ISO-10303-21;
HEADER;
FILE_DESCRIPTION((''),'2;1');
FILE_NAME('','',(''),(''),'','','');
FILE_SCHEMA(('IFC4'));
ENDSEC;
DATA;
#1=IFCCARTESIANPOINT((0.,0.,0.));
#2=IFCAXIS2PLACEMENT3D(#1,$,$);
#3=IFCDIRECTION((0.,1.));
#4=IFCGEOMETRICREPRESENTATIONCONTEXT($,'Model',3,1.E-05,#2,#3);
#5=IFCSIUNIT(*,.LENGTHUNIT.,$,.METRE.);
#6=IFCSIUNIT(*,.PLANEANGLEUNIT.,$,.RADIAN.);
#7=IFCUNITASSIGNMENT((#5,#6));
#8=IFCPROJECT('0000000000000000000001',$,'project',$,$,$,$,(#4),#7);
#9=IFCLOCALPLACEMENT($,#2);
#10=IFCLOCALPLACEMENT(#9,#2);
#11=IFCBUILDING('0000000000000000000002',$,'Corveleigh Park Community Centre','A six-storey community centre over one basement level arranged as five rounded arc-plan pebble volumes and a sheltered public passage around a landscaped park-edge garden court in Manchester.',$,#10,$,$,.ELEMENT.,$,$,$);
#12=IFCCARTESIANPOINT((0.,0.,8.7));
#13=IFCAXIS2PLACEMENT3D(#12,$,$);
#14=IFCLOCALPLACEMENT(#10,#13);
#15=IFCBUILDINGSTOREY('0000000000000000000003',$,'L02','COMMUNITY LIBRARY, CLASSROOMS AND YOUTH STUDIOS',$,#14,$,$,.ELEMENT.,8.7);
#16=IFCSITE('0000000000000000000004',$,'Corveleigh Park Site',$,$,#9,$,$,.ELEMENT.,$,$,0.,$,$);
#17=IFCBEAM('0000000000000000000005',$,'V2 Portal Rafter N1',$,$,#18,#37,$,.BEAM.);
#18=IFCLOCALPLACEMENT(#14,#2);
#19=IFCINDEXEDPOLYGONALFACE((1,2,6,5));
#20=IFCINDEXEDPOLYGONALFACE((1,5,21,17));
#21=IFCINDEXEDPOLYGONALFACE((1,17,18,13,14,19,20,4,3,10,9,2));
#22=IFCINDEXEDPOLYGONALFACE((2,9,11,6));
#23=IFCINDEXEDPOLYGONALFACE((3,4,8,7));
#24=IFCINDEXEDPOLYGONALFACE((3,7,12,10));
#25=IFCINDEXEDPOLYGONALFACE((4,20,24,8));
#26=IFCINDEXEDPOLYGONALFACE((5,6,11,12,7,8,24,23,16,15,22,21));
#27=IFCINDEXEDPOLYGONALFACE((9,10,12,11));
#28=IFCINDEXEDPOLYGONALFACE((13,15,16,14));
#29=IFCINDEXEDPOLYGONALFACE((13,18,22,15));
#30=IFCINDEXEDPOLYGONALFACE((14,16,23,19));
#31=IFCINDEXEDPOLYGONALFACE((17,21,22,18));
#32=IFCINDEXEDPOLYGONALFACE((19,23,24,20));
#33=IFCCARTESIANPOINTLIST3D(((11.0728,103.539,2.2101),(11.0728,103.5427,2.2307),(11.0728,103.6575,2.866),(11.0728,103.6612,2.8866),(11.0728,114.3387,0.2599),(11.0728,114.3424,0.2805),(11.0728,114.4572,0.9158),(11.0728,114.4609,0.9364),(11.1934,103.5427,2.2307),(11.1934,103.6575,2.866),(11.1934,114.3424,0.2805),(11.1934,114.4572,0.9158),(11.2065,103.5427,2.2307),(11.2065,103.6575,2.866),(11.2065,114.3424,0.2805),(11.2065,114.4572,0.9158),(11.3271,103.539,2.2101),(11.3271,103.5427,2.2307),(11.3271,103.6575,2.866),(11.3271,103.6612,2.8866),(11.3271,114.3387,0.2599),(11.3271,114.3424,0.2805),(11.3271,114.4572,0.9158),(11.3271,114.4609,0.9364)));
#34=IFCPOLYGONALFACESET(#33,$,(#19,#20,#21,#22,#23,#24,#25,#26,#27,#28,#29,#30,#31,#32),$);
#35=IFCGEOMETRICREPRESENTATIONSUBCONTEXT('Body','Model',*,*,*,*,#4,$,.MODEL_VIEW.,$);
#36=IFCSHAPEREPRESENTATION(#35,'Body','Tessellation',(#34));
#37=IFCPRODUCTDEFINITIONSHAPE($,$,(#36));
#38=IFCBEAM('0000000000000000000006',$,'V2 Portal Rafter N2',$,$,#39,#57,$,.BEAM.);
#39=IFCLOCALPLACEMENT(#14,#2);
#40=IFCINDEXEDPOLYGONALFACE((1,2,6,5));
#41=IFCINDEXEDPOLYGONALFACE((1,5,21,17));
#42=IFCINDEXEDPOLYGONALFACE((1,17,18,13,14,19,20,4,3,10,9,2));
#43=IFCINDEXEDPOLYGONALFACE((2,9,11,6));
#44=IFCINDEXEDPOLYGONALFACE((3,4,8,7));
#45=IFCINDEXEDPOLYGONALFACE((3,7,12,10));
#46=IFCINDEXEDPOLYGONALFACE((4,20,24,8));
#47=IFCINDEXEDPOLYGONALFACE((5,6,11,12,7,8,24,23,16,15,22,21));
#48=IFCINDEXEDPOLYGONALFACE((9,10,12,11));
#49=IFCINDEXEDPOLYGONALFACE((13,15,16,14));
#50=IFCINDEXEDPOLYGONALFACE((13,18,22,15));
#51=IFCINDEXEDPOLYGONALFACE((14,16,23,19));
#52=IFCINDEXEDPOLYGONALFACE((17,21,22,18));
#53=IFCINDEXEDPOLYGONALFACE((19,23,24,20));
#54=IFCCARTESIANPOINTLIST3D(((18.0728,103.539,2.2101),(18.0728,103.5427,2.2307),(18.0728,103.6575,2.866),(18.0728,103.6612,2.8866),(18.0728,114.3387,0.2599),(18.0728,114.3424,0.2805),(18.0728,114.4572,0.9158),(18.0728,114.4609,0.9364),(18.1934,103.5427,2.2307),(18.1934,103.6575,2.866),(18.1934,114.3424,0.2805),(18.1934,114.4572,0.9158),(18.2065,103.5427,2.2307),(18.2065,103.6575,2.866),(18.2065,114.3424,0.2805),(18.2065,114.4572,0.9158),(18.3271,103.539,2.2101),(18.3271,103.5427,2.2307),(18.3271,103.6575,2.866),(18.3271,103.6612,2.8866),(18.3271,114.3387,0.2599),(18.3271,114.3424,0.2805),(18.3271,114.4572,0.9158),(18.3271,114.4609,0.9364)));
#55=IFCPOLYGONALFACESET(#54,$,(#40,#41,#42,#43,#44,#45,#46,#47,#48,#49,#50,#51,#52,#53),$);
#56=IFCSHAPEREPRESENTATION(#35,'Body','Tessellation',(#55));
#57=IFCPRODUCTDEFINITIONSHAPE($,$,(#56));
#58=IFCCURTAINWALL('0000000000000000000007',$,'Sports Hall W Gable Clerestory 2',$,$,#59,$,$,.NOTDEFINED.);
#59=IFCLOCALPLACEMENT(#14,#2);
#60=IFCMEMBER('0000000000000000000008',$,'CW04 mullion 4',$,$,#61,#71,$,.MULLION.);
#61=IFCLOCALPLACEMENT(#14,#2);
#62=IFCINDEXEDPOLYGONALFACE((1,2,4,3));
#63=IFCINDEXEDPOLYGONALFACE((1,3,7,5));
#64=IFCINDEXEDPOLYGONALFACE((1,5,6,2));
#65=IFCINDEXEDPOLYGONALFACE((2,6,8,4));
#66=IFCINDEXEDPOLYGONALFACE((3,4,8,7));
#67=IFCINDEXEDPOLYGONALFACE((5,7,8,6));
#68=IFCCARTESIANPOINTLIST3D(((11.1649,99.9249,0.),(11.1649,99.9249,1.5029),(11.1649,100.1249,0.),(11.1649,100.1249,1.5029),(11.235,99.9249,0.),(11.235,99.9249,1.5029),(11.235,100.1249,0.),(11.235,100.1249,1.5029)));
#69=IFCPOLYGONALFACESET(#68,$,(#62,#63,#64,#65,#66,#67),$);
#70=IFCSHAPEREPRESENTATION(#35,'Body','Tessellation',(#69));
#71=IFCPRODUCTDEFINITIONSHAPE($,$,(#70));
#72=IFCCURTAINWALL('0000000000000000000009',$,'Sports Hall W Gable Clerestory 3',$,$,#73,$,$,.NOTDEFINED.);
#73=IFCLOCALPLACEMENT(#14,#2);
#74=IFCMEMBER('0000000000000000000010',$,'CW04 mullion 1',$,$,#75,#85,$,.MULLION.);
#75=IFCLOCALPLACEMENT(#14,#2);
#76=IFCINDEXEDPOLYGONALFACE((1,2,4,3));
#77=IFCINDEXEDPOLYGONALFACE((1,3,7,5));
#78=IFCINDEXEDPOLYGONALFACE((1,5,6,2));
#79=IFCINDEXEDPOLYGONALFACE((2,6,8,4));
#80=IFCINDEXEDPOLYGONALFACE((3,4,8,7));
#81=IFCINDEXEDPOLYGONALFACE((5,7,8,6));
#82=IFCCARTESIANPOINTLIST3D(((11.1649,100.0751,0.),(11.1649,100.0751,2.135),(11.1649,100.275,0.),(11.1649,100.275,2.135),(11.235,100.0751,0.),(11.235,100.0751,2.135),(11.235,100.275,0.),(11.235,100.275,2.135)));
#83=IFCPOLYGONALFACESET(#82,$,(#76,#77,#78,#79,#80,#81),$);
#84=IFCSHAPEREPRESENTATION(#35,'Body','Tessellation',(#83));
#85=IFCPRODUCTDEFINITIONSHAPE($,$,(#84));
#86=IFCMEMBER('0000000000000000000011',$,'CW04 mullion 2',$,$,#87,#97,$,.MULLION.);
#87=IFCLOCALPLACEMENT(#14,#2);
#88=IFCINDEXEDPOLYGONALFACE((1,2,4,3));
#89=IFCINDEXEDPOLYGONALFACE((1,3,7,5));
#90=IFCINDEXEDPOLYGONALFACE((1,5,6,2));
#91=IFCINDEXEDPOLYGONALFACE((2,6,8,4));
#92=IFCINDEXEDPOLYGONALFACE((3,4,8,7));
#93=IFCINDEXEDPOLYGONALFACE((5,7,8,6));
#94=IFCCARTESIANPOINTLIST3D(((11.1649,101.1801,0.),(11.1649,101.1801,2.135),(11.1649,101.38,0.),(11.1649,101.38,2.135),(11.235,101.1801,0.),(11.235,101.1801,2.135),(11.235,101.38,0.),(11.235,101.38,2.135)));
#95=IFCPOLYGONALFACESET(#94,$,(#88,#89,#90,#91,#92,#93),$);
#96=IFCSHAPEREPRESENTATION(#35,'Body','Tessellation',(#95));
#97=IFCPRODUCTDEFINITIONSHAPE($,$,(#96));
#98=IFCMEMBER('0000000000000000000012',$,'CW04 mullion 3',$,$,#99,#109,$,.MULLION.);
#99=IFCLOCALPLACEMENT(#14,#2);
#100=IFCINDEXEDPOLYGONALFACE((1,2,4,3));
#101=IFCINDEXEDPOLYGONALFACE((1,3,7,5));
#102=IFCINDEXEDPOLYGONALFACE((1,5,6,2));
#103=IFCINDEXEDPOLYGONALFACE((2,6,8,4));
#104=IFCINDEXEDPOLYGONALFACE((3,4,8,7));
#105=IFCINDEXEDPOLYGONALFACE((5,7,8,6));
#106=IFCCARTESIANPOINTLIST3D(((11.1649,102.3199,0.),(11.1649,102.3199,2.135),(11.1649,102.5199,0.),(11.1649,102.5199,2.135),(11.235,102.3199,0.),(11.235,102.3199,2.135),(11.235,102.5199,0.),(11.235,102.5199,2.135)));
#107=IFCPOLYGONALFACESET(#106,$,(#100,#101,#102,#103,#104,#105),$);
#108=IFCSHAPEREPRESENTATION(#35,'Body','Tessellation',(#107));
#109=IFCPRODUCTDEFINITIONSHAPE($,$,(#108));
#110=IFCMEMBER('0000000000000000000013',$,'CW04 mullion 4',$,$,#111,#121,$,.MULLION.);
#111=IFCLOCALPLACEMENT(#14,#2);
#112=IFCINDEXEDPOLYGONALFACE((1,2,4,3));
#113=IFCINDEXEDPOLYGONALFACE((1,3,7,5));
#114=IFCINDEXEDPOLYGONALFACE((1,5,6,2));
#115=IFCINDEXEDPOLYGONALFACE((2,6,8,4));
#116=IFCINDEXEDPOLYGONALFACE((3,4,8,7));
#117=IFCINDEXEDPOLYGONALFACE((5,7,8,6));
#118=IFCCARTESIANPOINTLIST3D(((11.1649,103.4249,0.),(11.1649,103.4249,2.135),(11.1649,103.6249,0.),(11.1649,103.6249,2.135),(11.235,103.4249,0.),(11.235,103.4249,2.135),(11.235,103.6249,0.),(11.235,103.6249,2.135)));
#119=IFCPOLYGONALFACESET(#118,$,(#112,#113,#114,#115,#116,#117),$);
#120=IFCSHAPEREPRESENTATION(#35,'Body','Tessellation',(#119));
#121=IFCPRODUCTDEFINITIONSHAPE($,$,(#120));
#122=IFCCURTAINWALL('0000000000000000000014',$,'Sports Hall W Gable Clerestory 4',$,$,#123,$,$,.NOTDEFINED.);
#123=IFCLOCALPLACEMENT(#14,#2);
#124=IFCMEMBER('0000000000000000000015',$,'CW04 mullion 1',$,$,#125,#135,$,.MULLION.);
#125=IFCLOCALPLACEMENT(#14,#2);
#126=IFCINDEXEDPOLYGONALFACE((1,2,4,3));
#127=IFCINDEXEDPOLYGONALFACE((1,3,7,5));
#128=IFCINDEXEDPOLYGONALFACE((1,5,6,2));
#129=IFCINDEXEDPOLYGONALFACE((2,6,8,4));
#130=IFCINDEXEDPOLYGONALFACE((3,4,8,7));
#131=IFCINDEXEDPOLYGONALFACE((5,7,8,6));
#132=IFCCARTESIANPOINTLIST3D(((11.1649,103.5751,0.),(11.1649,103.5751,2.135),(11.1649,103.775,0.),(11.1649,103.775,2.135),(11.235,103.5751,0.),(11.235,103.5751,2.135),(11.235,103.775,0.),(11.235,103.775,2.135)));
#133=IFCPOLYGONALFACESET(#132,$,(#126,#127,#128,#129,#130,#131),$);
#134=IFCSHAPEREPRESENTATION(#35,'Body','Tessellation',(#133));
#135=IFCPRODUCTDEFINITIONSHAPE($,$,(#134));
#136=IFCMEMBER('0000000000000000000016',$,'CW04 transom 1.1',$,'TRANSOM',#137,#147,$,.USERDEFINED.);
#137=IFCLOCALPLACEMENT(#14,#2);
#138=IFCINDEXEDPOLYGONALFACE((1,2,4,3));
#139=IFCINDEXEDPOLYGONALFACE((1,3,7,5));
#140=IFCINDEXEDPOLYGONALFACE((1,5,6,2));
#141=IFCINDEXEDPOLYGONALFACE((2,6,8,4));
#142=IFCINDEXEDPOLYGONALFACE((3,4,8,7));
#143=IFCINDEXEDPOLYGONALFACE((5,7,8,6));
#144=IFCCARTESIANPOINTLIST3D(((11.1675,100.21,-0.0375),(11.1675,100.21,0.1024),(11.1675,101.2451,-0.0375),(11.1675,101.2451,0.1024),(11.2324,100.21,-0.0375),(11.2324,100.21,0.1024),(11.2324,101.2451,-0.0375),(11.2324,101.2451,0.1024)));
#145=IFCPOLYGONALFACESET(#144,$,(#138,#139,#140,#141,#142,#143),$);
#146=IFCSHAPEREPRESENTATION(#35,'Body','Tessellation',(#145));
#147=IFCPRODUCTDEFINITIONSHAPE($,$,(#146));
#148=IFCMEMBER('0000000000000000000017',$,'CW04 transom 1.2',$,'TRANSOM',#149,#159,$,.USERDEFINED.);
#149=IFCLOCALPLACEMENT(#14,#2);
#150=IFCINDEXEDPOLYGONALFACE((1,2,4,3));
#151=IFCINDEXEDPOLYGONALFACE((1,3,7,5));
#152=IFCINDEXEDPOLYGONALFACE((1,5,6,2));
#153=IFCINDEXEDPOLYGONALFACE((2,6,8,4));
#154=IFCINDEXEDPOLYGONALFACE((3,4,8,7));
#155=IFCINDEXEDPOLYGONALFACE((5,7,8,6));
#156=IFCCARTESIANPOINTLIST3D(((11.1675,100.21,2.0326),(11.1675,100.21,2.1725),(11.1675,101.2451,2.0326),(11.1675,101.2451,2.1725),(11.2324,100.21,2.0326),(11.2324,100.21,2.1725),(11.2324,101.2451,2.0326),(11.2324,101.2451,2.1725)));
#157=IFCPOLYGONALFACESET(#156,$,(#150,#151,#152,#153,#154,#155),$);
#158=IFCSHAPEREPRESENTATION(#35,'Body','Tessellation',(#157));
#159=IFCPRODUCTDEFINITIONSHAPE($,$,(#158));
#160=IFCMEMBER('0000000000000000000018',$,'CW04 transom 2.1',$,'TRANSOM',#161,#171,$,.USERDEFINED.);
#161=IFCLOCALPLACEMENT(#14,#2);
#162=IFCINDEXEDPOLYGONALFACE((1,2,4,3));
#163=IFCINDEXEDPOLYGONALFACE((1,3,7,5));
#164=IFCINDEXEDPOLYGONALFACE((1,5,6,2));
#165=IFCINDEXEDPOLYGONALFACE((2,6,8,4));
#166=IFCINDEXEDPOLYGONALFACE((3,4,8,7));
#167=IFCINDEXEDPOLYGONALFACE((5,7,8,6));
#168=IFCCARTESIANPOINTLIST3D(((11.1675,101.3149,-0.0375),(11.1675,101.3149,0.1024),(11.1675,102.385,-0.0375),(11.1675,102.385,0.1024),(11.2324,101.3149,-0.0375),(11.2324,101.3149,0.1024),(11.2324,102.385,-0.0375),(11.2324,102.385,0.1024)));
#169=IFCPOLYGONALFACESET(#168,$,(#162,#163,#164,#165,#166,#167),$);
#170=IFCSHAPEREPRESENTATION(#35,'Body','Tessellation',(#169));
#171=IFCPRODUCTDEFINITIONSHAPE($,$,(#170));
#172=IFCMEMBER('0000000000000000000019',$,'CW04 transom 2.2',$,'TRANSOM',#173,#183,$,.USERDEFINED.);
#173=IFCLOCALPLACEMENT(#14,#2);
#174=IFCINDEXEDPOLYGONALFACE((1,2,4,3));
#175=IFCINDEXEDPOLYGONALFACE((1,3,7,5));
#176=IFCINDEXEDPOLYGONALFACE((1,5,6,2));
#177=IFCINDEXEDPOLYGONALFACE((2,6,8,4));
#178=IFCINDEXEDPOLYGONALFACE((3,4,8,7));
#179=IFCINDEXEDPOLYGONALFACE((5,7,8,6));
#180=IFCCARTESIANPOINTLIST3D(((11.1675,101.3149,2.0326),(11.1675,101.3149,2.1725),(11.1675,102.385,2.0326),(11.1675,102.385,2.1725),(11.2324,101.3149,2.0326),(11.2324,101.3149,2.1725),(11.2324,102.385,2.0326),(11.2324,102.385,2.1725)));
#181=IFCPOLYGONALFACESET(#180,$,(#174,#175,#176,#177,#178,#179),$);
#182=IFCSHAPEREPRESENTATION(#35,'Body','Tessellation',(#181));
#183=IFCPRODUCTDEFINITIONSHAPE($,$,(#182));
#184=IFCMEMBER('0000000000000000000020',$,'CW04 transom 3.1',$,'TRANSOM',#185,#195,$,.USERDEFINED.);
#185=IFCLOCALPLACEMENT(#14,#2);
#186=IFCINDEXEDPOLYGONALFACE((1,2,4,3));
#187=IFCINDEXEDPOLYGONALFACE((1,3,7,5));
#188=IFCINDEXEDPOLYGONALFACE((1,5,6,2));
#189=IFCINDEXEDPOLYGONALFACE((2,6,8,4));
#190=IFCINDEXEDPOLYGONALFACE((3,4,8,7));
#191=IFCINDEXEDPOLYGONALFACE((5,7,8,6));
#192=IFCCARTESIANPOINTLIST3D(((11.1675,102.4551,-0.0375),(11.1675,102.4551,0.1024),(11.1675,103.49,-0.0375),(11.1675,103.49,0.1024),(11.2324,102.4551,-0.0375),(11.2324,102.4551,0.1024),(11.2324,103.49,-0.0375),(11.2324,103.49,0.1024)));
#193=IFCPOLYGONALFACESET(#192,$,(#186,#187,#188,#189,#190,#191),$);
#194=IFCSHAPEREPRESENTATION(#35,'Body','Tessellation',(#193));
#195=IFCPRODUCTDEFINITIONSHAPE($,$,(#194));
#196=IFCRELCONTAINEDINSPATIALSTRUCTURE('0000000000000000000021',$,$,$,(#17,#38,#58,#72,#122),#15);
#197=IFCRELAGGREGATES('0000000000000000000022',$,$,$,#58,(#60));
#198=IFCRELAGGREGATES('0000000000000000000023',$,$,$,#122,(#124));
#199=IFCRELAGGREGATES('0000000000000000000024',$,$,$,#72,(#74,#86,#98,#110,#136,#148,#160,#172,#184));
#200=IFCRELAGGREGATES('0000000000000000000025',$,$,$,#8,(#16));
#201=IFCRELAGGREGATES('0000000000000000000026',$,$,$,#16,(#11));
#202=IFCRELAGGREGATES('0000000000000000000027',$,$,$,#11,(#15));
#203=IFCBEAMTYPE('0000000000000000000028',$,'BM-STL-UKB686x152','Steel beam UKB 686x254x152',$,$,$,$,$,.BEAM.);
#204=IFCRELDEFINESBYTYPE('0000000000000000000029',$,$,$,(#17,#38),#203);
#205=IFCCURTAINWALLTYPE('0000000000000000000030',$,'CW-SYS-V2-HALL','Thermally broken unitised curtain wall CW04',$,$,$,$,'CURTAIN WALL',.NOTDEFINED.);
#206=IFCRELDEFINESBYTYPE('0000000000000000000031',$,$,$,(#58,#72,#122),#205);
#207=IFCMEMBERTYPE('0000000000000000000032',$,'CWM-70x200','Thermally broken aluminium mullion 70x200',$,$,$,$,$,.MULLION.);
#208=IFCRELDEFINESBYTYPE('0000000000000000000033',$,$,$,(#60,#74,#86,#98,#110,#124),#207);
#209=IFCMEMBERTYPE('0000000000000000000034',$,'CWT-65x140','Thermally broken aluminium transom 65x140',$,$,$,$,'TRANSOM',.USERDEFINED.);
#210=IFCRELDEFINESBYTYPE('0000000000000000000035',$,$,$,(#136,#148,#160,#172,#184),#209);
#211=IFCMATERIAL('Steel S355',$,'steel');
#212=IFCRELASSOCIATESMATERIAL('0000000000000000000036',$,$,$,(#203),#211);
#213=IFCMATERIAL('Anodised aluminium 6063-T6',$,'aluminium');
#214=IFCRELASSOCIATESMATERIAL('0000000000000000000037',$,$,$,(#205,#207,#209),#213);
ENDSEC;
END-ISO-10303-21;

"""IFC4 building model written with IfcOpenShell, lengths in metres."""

from ifc_helpers import new_model, si_unit, direction, frame, origin, origin_2d, place, context, subcontext, project, spatial, rectangle, i_section, extrude, material, material_profile, profile_set, type_object, element, aggregate, save


model = new_model("IFC4")

# Units and contexts
model_context = context("Model", 3, precision=1e-05, world=origin(), true_north=direction((0.0, 1.0)))
body_context = subcontext(model_context, "Body", "Model", "MODEL_VIEW")
ifc_project = project(units=[si_unit("LENGTHUNIT", "METRE"), si_unit("PLANEANGLEUNIT", "RADIAN")], contexts=[model_context])

# Site, building, storey
site_placement = place(None, origin())
site = spatial("IfcSite", under=ifc_project, at=site_placement, Name="Corveleigh Park Site", CompositionType="ELEMENT", RefElevation=0.0)
building_placement = place(site_placement, origin())
building = spatial("IfcBuilding", under=site, at=building_placement, Name="Corveleigh Park Community Centre", Description="A six-storey community centre over one basement level arranged as five rounded arc-plan pebble volumes and a sheltered public passage around a landscaped park-edge garden court in Manchester.", CompositionType="ELEMENT")
storey_placement = place(building_placement, frame((0.0, 0.0, 8.7)))
storey = spatial("IfcBuildingStorey", under=building, at=storey_placement, Name="L02", Description="COMMUNITY LIBRARY, CLASSROOMS AND YOUTH STUDIOS", CompositionType="ELEMENT", Elevation=8.7)

# Beams
ifc_material_1 = material(Name="Steel S355", Category="steel")
ifc_material_profile_1 = material_profile(ifc_material_1, i_section(OverallWidth=0.2544, OverallDepth=0.6875, WebThickness=0.0132, FlangeThickness=0.021, at=origin_2d()), Name="UKB 686x254x152", Category="steel")
ifc_profile_set_1 = profile_set([ifc_material_profile_1], Name="Steel S355")
beam_type = type_object("IfcBeamType", Name="BM-STL-UKB686x152", Description="Steel beam UKB 686x254x152", PredefinedType="BEAM", material=ifc_profile_set_1)
for number, where, z_axis, x_axis, name in (
    (1, (11.2, 103.6001, 2.5483), (0.0, 0.984084, -0.177703), (-1.0, 0.0, 0.0), "V2 Portal Rafter N1"),
    (2, (18.2, 103.6001, 2.5483), (0.0, 0.984084, -0.177703), (-1.0, 0.0, 0.0), "V2 Portal Rafter N2"),
):
    element("IfcBeam", number, at=place(storey_placement, frame(where, z_axis=z_axis, x_axis=x_axis)), inside=storey, type_object=beam_type, Name=name, PredefinedType="BEAM", context=body_context, shape_type="SweptSolid", body=[
        extrude(i_section(OverallWidth=0.2544, OverallDepth=0.6875, WebThickness=0.0132, FlangeThickness=0.021, at=origin_2d()), origin(), (0.0, 0.0, 1.0), 10.9744),
    ])

# Curtain wall, member
ifc_material_2 = material(Name="Anodised aluminium 6063-T6", Category="aluminium")
curtain_wall_type = type_object("IfcCurtainWallType", Name="CW-SYS-V2-HALL", Description="Thermally broken unitised curtain wall CW04", ElementType="CURTAIN WALL", PredefinedType="NOTDEFINED", material=ifc_material_2)
curtain_wall_1_placement = place(storey_placement, origin())
curtain_wall_1 = element("IfcCurtainWall", 3, at=curtain_wall_1_placement, inside=storey, type_object=curtain_wall_type, Name="Sports Hall W Gable Clerestory 2", PredefinedType="NOTDEFINED")
ifc_material_profile_2 = material_profile(ifc_material_2, rectangle(XDim=0.0701, YDim=0.2, at=origin_2d()), Name="ALU-M70x200", Category="aluminium")
ifc_profile_set_2 = profile_set([ifc_material_profile_2], Name="Anodised aluminium 6063-T6")
member_type_1 = type_object("IfcMemberType", Name="CWM-70x200", Description="Thermally broken aluminium mullion 70x200", PredefinedType="MULLION", material=ifc_profile_set_2)
member_1_placement = place(storey_placement, frame((11.2, 100.0249, 0.0), z_axis=(0.0, 0.0, 1.0), x_axis=(-1.0, 0.0, 0.0)))
member_1 = element("IfcMember", 4, at=member_1_placement, type_object=member_type_1, Name="CW04 mullion 4", PredefinedType="MULLION", context=body_context, shape_type="SweptSolid", body=[
    extrude(rectangle(XDim=0.0701, YDim=0.2, at=origin_2d()), origin(), (0.0, 0.0, 1.0), 1.5029),
])
aggregate(curtain_wall_1, [member_1])

# Curtain wall, members
curtain_wall_2_placement = place(storey_placement, origin())
curtain_wall_2 = element("IfcCurtainWall", 5, at=curtain_wall_2_placement, inside=storey, type_object=curtain_wall_type, Name="Sports Hall W Gable Clerestory 3", PredefinedType="NOTDEFINED")
member_2_placement = place(storey_placement, frame((11.2, 100.175, 0.0), z_axis=(0.0, 0.0, 1.0), x_axis=(-1.0, 0.0, 0.0)))
member_2 = element("IfcMember", 6, at=member_2_placement, type_object=member_type_1, Name="CW04 mullion 1", PredefinedType="MULLION", context=body_context, shape_type="SweptSolid", body=[
    extrude(rectangle(XDim=0.0701, YDim=0.2, at=origin_2d()), origin(), (0.0, 0.0, 1.0), 2.135),
])
member_3_placement = place(storey_placement, frame((11.2, 101.28, 0.0), z_axis=(0.0, 0.0, 1.0), x_axis=(-1.0, 0.0, 0.0)))
member_3 = element("IfcMember", 7, at=member_3_placement, type_object=member_type_1, Name="CW04 mullion 2", PredefinedType="MULLION", context=body_context, shape_type="SweptSolid", body=[
    extrude(rectangle(XDim=0.0701, YDim=0.2, at=origin_2d()), origin(), (0.0, 0.0, 1.0), 2.135),
])
member_4_placement = place(storey_placement, frame((11.2, 102.4199, 0.0), z_axis=(0.0, 0.0, 1.0), x_axis=(-1.0, 0.0, 0.0)))
member_4 = element("IfcMember", 8, at=member_4_placement, type_object=member_type_1, Name="CW04 mullion 3", PredefinedType="MULLION", context=body_context, shape_type="SweptSolid", body=[
    extrude(rectangle(XDim=0.0701, YDim=0.2, at=origin_2d()), origin(), (0.0, 0.0, 1.0), 2.135),
])
member_5_placement = place(storey_placement, frame((11.2, 103.5249, 0.0), z_axis=(0.0, 0.0, 1.0), x_axis=(-1.0, 0.0, 0.0)))
member_5 = element("IfcMember", 9, at=member_5_placement, type_object=member_type_1, Name="CW04 mullion 4", PredefinedType="MULLION", context=body_context, shape_type="SweptSolid", body=[
    extrude(rectangle(XDim=0.0701, YDim=0.2, at=origin_2d()), origin(), (0.0, 0.0, 1.0), 2.135),
])

# Curtain wall, member
curtain_wall_3_placement = place(storey_placement, origin())
curtain_wall_3 = element("IfcCurtainWall", 10, at=curtain_wall_3_placement, inside=storey, type_object=curtain_wall_type, Name="Sports Hall W Gable Clerestory 4", PredefinedType="NOTDEFINED")
member_6_placement = place(storey_placement, frame((11.2, 103.675, 0.0), z_axis=(0.0, 0.0, 1.0), x_axis=(-1.0, 0.0, 0.0)))
member_6 = element("IfcMember", 11, at=member_6_placement, type_object=member_type_1, Name="CW04 mullion 1", PredefinedType="MULLION", context=body_context, shape_type="SweptSolid", body=[
    extrude(rectangle(XDim=0.0701, YDim=0.2, at=origin_2d()), origin(), (0.0, 0.0, 1.0), 2.135),
])

# Members
ifc_material_profile_3 = material_profile(ifc_material_2, rectangle(XDim=0.0649, YDim=0.1399, at=origin_2d()), Name="ALU-T65x140", Category="aluminium")
ifc_profile_set_3 = profile_set([ifc_material_profile_3], Name="Anodised aluminium 6063-T6")
member_type_2 = type_object("IfcMemberType", Name="CWT-65x140", Description="Thermally broken aluminium transom 65x140", ElementType="TRANSOM", PredefinedType="USERDEFINED", material=ifc_profile_set_3)
member_7_placement = place(storey_placement, frame((11.2, 100.21, 0.0325), z_axis=(0.0, 1.0, 0.0), x_axis=(-1.0, 0.0, 0.0)))
member_7 = element("IfcMember", 12, at=member_7_placement, type_object=member_type_2, Name="CW04 transom 1.1", ObjectType="TRANSOM", PredefinedType="USERDEFINED", context=body_context, shape_type="SweptSolid", body=[
    extrude(rectangle(XDim=0.0649, YDim=0.1399, at=origin_2d()), origin(), (0.0, 0.0, 1.0), 1.0352),
])
member_8_placement = place(storey_placement, frame((11.2, 100.21, 2.1025), z_axis=(0.0, 1.0, 0.0), x_axis=(-1.0, 0.0, 0.0)))
member_8 = element("IfcMember", 13, at=member_8_placement, type_object=member_type_2, Name="CW04 transom 1.2", ObjectType="TRANSOM", PredefinedType="USERDEFINED", context=body_context, shape_type="SweptSolid", body=[
    extrude(rectangle(XDim=0.0649, YDim=0.1399, at=origin_2d()), origin(), (0.0, 0.0, 1.0), 1.0352),
])
member_9_placement = place(storey_placement, frame((11.2, 101.3149, 0.0325), z_axis=(0.0, 1.0, 0.0), x_axis=(-1.0, 0.0, 0.0)))
member_9 = element("IfcMember", 14, at=member_9_placement, type_object=member_type_2, Name="CW04 transom 2.1", ObjectType="TRANSOM", PredefinedType="USERDEFINED", context=body_context, shape_type="SweptSolid", body=[
    extrude(rectangle(XDim=0.0649, YDim=0.1399, at=origin_2d()), origin(), (0.0, 0.0, 1.0), 1.0701),
])
member_10_placement = place(storey_placement, frame((11.2, 101.3149, 2.1025), z_axis=(0.0, 1.0, 0.0), x_axis=(-1.0, 0.0, 0.0)))
member_10 = element("IfcMember", 15, at=member_10_placement, type_object=member_type_2, Name="CW04 transom 2.2", ObjectType="TRANSOM", PredefinedType="USERDEFINED", context=body_context, shape_type="SweptSolid", body=[
    extrude(rectangle(XDim=0.0649, YDim=0.1399, at=origin_2d()), origin(), (0.0, 0.0, 1.0), 1.0701),
])
member_11_placement = place(storey_placement, frame((11.2, 102.4551, 0.0325), z_axis=(0.0, 1.0, 0.0), x_axis=(-1.0, 0.0, 0.0)))
member_11 = element("IfcMember", 16, at=member_11_placement, type_object=member_type_2, Name="CW04 transom 3.1", ObjectType="TRANSOM", PredefinedType="USERDEFINED", context=body_context, shape_type="SweptSolid", body=[
    extrude(rectangle(XDim=0.0649, YDim=0.1399, at=origin_2d()), origin(), (0.0, 0.0, 1.0), 1.0349),
])
aggregate(curtain_wall_3, [member_6])

aggregate(curtain_wall_2, [member_2, member_3, member_4, member_5, member_7, member_8, member_9, member_10, member_11])

save(model, "model.ifc")
